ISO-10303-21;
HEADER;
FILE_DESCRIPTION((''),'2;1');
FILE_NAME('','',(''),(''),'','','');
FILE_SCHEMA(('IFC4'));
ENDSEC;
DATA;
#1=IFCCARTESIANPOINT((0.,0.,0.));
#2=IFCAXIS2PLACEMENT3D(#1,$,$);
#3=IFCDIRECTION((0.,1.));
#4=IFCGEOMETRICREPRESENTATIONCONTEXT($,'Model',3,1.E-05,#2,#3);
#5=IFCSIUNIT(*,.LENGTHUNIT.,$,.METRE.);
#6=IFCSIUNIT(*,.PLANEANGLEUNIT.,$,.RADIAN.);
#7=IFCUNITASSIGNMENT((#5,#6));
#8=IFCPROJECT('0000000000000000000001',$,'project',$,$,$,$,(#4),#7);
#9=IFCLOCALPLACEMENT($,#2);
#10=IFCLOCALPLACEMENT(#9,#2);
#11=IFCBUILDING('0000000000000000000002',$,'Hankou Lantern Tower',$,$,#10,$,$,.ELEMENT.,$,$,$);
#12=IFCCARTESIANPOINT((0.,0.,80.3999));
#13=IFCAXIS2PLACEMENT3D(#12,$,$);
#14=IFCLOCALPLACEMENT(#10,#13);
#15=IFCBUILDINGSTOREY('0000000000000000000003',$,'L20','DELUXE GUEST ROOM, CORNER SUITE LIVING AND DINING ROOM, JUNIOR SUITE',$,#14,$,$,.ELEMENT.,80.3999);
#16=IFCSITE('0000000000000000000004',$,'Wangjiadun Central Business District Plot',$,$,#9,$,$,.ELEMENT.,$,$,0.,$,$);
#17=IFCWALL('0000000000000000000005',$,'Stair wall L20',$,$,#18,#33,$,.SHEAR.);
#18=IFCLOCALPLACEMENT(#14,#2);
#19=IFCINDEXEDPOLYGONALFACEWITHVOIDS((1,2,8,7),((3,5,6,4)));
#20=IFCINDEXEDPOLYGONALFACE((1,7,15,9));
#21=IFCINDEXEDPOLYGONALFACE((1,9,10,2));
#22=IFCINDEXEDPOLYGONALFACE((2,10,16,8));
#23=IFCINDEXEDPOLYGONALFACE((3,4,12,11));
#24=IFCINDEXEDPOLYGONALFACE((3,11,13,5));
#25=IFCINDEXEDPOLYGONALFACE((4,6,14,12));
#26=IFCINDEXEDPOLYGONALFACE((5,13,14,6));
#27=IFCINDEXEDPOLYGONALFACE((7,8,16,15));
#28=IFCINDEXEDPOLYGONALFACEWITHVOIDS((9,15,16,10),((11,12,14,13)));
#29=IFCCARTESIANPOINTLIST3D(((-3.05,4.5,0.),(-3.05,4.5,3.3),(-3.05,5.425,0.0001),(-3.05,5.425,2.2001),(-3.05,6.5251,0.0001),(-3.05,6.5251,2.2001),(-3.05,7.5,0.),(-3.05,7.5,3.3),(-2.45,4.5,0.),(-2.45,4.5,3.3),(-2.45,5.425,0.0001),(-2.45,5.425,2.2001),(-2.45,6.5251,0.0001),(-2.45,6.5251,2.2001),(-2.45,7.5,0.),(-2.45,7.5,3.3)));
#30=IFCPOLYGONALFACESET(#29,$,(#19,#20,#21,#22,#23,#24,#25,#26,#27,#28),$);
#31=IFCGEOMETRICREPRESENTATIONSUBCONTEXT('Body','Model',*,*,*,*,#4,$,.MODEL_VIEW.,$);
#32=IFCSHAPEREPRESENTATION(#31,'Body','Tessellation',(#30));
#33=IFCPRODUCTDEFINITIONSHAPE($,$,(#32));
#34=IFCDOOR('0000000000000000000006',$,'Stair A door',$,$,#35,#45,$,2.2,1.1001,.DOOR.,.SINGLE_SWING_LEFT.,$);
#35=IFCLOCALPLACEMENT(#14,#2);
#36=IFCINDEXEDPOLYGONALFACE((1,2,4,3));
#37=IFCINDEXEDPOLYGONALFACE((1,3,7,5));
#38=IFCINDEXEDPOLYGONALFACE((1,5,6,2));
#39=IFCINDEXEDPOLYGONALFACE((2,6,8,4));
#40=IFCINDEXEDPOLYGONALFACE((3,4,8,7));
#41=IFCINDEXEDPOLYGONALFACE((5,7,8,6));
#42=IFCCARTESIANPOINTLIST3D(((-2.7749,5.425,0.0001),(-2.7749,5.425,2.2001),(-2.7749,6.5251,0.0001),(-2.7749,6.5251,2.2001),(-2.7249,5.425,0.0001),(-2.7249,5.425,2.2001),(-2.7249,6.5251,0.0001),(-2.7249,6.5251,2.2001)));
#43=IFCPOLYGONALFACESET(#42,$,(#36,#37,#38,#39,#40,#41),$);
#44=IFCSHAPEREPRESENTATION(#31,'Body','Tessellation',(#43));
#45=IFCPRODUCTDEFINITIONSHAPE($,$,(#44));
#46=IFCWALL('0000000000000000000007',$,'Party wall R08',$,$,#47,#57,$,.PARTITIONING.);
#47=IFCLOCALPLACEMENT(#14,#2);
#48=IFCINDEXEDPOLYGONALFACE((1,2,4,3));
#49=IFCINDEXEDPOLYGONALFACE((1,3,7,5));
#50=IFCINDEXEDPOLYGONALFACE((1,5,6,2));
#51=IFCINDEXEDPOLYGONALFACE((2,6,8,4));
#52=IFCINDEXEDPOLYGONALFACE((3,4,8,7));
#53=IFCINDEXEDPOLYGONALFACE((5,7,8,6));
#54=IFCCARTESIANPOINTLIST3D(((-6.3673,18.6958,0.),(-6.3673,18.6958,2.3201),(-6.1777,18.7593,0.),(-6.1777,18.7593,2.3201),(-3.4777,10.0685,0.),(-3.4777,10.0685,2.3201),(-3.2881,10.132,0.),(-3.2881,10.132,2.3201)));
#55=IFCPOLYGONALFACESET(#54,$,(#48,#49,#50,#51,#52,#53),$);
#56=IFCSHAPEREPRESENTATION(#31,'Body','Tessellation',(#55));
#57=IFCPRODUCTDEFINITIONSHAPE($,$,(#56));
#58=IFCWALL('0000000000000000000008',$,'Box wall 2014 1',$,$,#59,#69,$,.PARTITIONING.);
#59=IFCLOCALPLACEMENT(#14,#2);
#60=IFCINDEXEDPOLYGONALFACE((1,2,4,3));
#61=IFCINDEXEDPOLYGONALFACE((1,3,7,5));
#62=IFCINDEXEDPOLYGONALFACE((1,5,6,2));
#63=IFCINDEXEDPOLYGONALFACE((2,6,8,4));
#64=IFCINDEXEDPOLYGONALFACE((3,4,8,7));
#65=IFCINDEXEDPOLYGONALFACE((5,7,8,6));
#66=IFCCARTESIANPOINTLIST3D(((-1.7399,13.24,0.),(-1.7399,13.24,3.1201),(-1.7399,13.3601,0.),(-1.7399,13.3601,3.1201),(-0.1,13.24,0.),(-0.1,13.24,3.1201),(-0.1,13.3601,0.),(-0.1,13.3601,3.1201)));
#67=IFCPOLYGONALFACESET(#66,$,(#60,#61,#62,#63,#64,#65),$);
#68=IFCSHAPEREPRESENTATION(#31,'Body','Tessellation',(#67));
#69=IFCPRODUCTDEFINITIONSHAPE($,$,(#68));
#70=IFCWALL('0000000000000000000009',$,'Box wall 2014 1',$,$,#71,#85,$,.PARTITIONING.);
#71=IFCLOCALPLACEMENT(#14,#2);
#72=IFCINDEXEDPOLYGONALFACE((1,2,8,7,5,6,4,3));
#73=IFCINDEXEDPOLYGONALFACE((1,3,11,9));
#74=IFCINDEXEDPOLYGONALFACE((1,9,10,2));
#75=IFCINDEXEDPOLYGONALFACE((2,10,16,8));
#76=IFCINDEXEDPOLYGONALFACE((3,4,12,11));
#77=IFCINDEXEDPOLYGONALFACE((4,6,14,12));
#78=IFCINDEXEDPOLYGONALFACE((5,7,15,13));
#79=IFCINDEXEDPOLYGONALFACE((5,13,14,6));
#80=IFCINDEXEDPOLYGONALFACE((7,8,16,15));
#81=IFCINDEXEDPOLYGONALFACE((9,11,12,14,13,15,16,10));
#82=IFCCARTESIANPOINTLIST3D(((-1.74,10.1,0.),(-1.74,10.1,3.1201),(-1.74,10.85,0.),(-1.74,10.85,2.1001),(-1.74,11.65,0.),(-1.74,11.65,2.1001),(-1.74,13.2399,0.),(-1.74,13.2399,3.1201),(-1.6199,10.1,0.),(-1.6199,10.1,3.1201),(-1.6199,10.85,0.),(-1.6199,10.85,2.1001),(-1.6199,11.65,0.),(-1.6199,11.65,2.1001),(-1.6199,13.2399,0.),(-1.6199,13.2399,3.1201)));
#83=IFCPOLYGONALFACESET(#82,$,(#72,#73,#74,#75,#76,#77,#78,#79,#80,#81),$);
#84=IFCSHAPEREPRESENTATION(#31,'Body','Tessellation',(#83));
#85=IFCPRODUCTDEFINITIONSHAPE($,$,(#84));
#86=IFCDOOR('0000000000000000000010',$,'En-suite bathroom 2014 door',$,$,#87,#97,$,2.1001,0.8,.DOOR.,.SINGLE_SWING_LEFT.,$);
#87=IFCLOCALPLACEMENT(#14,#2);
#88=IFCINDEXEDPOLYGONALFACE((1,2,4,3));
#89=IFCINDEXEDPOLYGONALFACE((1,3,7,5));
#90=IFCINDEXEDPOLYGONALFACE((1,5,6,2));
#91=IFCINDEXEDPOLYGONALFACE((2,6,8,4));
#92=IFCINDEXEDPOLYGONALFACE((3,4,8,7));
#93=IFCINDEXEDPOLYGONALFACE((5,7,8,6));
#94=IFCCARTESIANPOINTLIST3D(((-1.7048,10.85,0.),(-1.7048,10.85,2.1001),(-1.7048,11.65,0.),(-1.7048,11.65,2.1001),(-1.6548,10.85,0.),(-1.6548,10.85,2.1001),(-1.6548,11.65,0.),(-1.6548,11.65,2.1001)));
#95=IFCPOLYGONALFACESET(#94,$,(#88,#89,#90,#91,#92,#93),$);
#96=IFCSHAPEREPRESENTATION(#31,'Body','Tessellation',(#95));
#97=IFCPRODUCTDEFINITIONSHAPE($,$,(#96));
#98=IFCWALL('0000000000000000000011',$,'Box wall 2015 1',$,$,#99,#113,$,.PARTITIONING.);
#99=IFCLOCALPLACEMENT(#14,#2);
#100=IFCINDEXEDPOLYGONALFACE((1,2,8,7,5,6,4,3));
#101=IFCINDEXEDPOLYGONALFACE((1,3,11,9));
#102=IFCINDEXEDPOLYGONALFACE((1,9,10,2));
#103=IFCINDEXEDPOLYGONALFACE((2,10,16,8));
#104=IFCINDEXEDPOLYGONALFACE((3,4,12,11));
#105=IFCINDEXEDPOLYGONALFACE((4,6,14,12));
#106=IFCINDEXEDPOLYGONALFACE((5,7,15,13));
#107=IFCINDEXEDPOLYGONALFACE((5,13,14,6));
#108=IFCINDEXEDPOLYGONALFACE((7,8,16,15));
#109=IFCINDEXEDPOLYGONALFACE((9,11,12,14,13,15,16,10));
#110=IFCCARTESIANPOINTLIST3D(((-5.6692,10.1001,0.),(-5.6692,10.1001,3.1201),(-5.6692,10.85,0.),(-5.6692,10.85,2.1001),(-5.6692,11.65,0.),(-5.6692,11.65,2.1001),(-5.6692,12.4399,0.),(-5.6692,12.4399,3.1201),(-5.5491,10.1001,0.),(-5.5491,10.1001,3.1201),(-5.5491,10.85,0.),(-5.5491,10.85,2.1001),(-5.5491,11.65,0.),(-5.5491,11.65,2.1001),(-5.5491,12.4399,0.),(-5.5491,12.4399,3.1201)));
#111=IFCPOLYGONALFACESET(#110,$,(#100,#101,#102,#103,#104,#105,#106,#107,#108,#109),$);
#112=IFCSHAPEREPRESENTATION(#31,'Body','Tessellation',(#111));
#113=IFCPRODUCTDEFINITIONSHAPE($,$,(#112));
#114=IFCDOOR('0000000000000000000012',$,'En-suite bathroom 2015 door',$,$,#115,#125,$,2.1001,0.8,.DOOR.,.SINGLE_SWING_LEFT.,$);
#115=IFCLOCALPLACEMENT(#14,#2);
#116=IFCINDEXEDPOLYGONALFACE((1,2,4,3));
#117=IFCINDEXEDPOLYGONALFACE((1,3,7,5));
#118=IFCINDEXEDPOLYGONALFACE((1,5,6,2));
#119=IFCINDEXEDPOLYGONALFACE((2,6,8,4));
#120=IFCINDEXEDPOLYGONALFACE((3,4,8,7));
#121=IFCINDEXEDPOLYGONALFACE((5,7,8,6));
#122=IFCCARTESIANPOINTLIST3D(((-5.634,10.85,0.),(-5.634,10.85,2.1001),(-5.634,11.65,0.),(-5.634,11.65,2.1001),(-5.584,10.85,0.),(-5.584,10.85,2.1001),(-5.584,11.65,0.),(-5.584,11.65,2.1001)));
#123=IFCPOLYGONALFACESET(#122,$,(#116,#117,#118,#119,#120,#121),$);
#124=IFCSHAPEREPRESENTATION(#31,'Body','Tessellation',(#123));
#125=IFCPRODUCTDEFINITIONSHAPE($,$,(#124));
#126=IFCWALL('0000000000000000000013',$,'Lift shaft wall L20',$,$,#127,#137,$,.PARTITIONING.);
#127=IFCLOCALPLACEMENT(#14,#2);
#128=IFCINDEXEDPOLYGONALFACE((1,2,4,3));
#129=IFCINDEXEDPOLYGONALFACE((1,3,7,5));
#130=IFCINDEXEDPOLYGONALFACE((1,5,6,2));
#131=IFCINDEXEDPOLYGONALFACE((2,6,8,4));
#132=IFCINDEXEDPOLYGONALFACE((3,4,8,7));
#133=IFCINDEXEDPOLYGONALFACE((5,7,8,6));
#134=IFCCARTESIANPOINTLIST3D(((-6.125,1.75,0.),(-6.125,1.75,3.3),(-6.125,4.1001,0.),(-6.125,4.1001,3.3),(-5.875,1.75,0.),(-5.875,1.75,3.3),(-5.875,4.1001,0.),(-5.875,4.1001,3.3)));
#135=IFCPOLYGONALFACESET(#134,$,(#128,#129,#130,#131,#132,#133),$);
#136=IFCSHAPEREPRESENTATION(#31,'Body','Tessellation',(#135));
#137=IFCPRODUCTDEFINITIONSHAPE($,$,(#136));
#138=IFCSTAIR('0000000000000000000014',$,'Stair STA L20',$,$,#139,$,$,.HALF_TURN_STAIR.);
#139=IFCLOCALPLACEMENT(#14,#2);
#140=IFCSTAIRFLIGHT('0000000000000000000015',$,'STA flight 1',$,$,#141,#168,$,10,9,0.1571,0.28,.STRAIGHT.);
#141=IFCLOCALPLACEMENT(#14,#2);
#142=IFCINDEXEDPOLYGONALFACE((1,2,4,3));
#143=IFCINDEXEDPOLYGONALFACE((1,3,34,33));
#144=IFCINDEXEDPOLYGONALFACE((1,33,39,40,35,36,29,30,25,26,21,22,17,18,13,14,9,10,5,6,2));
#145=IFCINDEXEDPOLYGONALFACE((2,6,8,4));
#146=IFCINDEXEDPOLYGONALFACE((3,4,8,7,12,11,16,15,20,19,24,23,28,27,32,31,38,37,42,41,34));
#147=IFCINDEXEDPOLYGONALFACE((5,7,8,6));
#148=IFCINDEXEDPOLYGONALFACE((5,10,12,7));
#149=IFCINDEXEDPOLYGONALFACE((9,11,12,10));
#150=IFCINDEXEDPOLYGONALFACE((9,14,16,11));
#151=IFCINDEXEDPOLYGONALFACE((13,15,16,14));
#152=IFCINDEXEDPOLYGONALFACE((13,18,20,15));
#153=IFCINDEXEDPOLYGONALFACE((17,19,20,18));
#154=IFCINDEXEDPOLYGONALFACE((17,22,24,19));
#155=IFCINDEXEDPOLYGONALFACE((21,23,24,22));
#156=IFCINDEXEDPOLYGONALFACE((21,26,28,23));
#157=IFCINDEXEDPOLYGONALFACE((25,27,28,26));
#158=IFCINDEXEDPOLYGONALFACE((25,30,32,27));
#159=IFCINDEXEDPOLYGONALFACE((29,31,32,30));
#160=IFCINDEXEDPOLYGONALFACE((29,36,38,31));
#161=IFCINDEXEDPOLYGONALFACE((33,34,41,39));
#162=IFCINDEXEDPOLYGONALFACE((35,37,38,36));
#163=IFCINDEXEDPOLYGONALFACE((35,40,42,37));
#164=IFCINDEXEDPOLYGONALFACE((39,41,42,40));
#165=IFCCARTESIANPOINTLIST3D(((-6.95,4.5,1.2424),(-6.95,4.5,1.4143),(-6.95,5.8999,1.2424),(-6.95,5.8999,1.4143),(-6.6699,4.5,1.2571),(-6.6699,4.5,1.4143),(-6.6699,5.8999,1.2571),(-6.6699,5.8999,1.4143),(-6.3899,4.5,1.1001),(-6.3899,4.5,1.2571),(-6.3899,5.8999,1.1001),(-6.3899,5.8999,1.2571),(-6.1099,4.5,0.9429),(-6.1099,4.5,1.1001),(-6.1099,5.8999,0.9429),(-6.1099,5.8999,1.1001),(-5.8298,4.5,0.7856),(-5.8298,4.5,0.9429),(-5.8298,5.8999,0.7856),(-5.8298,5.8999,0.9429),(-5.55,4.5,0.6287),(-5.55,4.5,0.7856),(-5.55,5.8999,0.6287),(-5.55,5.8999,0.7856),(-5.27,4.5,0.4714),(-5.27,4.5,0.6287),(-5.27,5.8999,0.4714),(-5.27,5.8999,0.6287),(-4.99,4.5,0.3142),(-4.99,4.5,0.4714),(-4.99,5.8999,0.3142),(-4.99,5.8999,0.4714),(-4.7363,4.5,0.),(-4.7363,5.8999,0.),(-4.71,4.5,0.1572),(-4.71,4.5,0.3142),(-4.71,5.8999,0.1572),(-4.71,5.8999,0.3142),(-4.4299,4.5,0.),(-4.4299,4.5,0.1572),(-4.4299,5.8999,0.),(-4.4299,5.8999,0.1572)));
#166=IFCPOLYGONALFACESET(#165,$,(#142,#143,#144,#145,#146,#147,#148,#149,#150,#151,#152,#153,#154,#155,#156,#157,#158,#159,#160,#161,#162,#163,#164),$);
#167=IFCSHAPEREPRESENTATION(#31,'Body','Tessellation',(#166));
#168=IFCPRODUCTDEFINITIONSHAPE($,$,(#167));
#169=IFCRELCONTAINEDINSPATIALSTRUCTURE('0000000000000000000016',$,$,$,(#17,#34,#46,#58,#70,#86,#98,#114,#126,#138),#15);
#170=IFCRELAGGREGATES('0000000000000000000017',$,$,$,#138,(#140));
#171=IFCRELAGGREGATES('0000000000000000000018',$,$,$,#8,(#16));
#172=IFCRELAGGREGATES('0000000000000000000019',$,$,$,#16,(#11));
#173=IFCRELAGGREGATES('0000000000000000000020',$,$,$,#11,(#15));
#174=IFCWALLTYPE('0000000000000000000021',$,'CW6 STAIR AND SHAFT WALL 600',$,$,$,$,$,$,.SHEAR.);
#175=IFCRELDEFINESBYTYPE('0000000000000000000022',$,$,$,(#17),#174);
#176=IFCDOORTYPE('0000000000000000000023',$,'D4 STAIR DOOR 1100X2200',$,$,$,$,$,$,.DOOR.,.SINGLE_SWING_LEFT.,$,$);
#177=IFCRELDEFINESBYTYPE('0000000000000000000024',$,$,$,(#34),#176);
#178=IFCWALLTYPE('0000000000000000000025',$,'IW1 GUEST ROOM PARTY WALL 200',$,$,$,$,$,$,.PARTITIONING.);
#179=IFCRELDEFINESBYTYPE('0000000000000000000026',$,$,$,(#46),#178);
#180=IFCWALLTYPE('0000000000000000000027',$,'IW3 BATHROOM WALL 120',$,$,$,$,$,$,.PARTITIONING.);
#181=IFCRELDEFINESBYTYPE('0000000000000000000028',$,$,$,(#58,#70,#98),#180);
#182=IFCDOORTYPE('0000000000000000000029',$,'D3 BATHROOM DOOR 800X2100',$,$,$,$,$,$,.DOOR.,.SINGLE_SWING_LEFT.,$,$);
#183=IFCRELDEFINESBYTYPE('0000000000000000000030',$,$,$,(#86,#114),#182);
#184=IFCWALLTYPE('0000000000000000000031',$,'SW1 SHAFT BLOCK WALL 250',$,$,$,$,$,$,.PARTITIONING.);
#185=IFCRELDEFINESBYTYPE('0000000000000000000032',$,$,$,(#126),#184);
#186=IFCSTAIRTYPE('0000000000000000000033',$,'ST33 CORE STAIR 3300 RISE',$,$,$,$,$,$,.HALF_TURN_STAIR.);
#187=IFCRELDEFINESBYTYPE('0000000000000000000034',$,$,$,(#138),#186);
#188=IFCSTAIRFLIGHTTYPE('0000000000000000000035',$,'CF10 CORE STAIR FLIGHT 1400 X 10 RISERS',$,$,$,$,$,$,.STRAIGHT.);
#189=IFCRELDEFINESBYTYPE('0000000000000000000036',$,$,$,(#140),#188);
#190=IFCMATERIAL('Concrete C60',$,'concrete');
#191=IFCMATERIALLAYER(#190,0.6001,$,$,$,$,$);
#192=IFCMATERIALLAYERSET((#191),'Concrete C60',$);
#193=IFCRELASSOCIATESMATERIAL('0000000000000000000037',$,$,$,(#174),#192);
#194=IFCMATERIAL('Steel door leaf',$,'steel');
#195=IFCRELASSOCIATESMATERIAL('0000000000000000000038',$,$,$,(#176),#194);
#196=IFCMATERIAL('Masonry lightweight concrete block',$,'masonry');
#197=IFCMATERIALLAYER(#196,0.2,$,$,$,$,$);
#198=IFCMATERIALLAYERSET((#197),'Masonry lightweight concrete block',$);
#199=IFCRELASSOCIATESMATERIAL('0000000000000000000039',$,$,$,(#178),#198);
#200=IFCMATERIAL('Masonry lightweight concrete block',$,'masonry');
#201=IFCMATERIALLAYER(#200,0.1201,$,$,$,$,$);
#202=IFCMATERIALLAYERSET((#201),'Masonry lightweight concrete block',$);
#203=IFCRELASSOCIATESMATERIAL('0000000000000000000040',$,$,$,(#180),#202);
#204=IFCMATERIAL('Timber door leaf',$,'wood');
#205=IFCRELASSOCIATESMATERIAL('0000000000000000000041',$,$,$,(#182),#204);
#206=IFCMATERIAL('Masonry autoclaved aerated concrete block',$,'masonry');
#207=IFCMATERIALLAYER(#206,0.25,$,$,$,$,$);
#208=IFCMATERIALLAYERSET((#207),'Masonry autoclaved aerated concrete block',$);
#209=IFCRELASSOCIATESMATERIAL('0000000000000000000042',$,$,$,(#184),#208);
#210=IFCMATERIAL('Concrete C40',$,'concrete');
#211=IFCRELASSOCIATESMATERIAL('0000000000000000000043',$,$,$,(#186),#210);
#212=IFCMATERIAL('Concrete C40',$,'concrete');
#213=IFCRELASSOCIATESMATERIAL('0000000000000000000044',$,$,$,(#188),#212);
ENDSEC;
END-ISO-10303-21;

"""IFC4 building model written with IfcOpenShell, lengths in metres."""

from ifc_helpers import new_model, si_unit, direction, frame, frame_2d, origin, place, context, subcontext, project, spatial, polyline, rectangle, outline, extrude, material, layer, layer_set, type_object, element, fill, aggregate, save


model = new_model("IFC4")

# Units and contexts
model_context = context("Model", 3, precision=1e-05, world=origin(), true_north=direction((0.0, 1.0)))
body_context = subcontext(model_context, "Body", "Model", "MODEL_VIEW")
ifc_project = project(units=[si_unit("LENGTHUNIT", "METRE"), si_unit("PLANEANGLEUNIT", "RADIAN")], contexts=[model_context])

# Site, building, storey
site_placement = place(None, origin())
site = spatial("IfcSite", under=ifc_project, at=site_placement, Name="Wangjiadun Central Business District Plot", CompositionType="ELEMENT", RefElevation=0.0)
building_placement = place(site_placement, origin())
building = spatial("IfcBuilding", under=site, at=building_placement, Name="Hankou Lantern Tower", CompositionType="ELEMENT")
storey_placement = place(building_placement, frame((0.0, 0.0, 80.3999)))
storey = spatial("IfcBuildingStorey", under=building, at=storey_placement, Name="L20", Description="DELUXE GUEST ROOM, CORNER SUITE LIVING AND DINING ROOM, JUNIOR SUITE", CompositionType="ELEMENT", Elevation=80.3999)

# Wall, opening, door
ifc_material_1 = material(Name="Concrete C60", Category="concrete")
ifc_layer_1 = layer(ifc_material_1, 0.6001)
ifc_layer_set_1 = layer_set([ifc_layer_1], Name="Concrete C60")
wall_type_1 = type_object("IfcWallType", Name="CW6 STAIR AND SHAFT WALL 600", PredefinedType="SHEAR", material=ifc_layer_set_1)
wall_1_placement = place(storey_placement, frame((-2.75, 4.5, 0.0), z_axis=(0.0, 0.0, 1.0), x_axis=(0.0, 1.0, 0.0)))
wall_1 = element("IfcWall", 1, at=wall_1_placement, inside=storey, type_object=wall_type_1, Name="Stair wall L20", PredefinedType="SHEAR", context=body_context, shape_type="SweptSolid", body=[
    extrude(rectangle(XDim=3.0, YDim=0.6001, at=frame_2d((1.5, 0.0))), origin(), (0.0, 0.0, 1.0), 3.3),
])
opening_1_placement = place(wall_1_placement, frame((0.925, 0.0, 0.0)))
opening_1 = element("IfcOpeningElement", 2, at=opening_1_placement, cuts=wall_1, PredefinedType="OPENING", context=body_context, shape_type="SweptSolid", body=[
    extrude(rectangle(XDim=1.1001, YDim=2.2, at=frame_2d((0.55, 1.1001))), frame((0.0, 0.3101, 0.0), z_axis=(0.0, -1.0, 0.0), x_axis=(1.0, 0.0, 0.0)), (0.0, 0.0, 1.0), 0.6201),
])
ifc_material_2 = material(Name="Steel door leaf", Category="steel")
door_type_1 = type_object("IfcDoorType", Name="D4 STAIR DOOR 1100X2200", OperationType="SINGLE_SWING_LEFT", PredefinedType="DOOR", material=ifc_material_2)
door_1_placement = place(opening_1_placement, origin())
door_1 = element("IfcDoor", 3, at=door_1_placement, inside=storey, type_object=door_type_1, Name="Stair A door", OperationType="SINGLE_SWING_LEFT", OverallHeight=2.2, OverallWidth=1.1001, PredefinedType="DOOR", context=body_context, shape_type="SweptSolid", body=[
    extrude(rectangle(XDim=1.1001, YDim=2.2, at=frame_2d((0.55, 1.1001))), frame((0.0, 0.0249, 0.0), z_axis=(0.0, -1.0, 0.0), x_axis=(1.0, 0.0, 0.0)), (0.0, 0.0, 1.0), 0.05),
])
fill(opening_1, door_1)

# Walls
ifc_material_3 = material(Name="Masonry lightweight concrete block", Category="masonry")
ifc_layer_2 = layer(ifc_material_3, 0.2)
ifc_layer_set_2 = layer_set([ifc_layer_2], Name="Masonry lightweight concrete block")
wall_type_2 = type_object("IfcWallType", Name="IW1 GUEST ROOM PARTY WALL 200", PredefinedType="PARTITIONING", material=ifc_layer_set_2)
wall_2_placement = place(storey_placement, frame((-3.3828, 10.1001, 0.0), z_axis=(0.0, 0.0, 1.0), x_axis=(-0.317596, 0.948226, 0.0)))
element("IfcWall", 4, at=wall_2_placement, inside=storey, type_object=wall_type_2, Name="Party wall R08", PredefinedType="PARTITIONING", context=body_context, shape_type="SweptSolid", body=[
    extrude(rectangle(XDim=9.0984, YDim=0.2, at=frame_2d((4.5493, 0.0))), origin(), (0.0, 0.0, 1.0), 2.3201),
])
ifc_material_4 = material(Name="Masonry lightweight concrete block", Category="masonry")
ifc_layer_3 = layer(ifc_material_4, 0.1201)
ifc_layer_set_3 = layer_set([ifc_layer_3], Name="Masonry lightweight concrete block")
wall_type_3 = type_object("IfcWallType", Name="IW3 BATHROOM WALL 120", PredefinedType="PARTITIONING", material=ifc_layer_set_3)
wall_3_placement = place(storey_placement, frame((-0.1001, 13.3, 0.0), z_axis=(0.0, 0.0, 1.0), x_axis=(-1.0, 0.0, 0.0)))
element("IfcWall", 5, at=wall_3_placement, inside=storey, type_object=wall_type_3, Name="Box wall 2014 1", PredefinedType="PARTITIONING", context=body_context, shape_type="SweptSolid", body=[
    extrude(rectangle(XDim=1.6399, YDim=0.1201, at=frame_2d((0.8198, 0.0))), origin(), (0.0, 0.0, 1.0), 3.1201),
])

# Walls, openings, doors
wall_4_placement = place(storey_placement, frame((-1.6799, 10.1001, 0.0), z_axis=(0.0, 0.0, 1.0), x_axis=(0.0, 1.0, 0.0)))
wall_4 = element("IfcWall", 6, at=wall_4_placement, inside=storey, type_object=wall_type_3, Name="Box wall 2014 1", PredefinedType="PARTITIONING", context=body_context, shape_type="SweptSolid", body=[
    extrude(rectangle(XDim=3.1399, YDim=0.1201, at=frame_2d((1.5698, 0.0))), origin(), (0.0, 0.0, 1.0), 3.1201),
])
opening_2_placement = place(wall_4_placement, frame((0.75, 0.0, 0.0)))
opening_2 = element("IfcOpeningElement", 7, at=opening_2_placement, cuts=wall_4, PredefinedType="OPENING", context=body_context, shape_type="SweptSolid", body=[
    extrude(rectangle(XDim=0.8, YDim=2.1001, at=frame_2d((0.3999, 1.05))), frame((0.0, 0.0701, 0.0), z_axis=(0.0, -1.0, 0.0), x_axis=(1.0, 0.0, 0.0)), (0.0, 0.0, 1.0), 0.1401),
])
ifc_material_5 = material(Name="Timber door leaf", Category="wood")
door_type_2 = type_object("IfcDoorType", Name="D3 BATHROOM DOOR 800X2100", OperationType="SINGLE_SWING_LEFT", PredefinedType="DOOR", material=ifc_material_5)
door_2_placement = place(opening_2_placement, origin())
door_2 = element("IfcDoor", 8, at=door_2_placement, inside=storey, type_object=door_type_2, Name="En-suite bathroom 2014 door", OperationType="SINGLE_SWING_LEFT", OverallHeight=2.1001, OverallWidth=0.8, PredefinedType="DOOR", context=body_context, shape_type="SweptSolid", body=[
    extrude(rectangle(XDim=0.8, YDim=2.1001, at=frame_2d((0.3999, 1.05))), frame((0.0, 0.0249, 0.0), z_axis=(0.0, -1.0, 0.0), x_axis=(1.0, 0.0, 0.0)), (0.0, 0.0, 1.0), 0.05),
])
fill(opening_2, door_2)
wall_5_placement = place(storey_placement, frame((-5.6091, 10.1001, 0.0), z_axis=(0.0, 0.0, 1.0), x_axis=(0.0, 1.0, 0.0)))
wall_5 = element("IfcWall", 9, at=wall_5_placement, inside=storey, type_object=wall_type_3, Name="Box wall 2015 1", PredefinedType="PARTITIONING", context=body_context, shape_type="SweptSolid", body=[
    extrude(rectangle(XDim=2.3398, YDim=0.1201, at=frame_2d((1.1699, 0.0))), origin(), (0.0, 0.0, 1.0), 3.1201),
])
opening_3_placement = place(wall_5_placement, frame((0.75, 0.0, 0.0)))
opening_3 = element("IfcOpeningElement", 10, at=opening_3_placement, cuts=wall_5, PredefinedType="OPENING", context=body_context, shape_type="SweptSolid", body=[
    extrude(rectangle(XDim=0.8, YDim=2.1001, at=frame_2d((0.3999, 1.05))), frame((0.0, 0.0701, 0.0), z_axis=(0.0, -1.0, 0.0), x_axis=(1.0, 0.0, 0.0)), (0.0, 0.0, 1.0), 0.1401),
])
door_3_placement = place(opening_3_placement, origin())
door_3 = element("IfcDoor", 11, at=door_3_placement, inside=storey, type_object=door_type_2, Name="En-suite bathroom 2015 door", OperationType="SINGLE_SWING_LEFT", OverallHeight=2.1001, OverallWidth=0.8, PredefinedType="DOOR", context=body_context, shape_type="SweptSolid", body=[
    extrude(rectangle(XDim=0.8, YDim=2.1001, at=frame_2d((0.3999, 1.05))), frame((0.0, 0.0249, 0.0), z_axis=(0.0, -1.0, 0.0), x_axis=(1.0, 0.0, 0.0)), (0.0, 0.0, 1.0), 0.05),
])
fill(opening_3, door_3)

# Wall
ifc_material_6 = material(Name="Masonry autoclaved aerated concrete block", Category="masonry")
ifc_layer_4 = layer(ifc_material_6, 0.25)
ifc_layer_set_4 = layer_set([ifc_layer_4], Name="Masonry autoclaved aerated concrete block")
wall_type_4 = type_object("IfcWallType", Name="SW1 SHAFT BLOCK WALL 250", PredefinedType="PARTITIONING", material=ifc_layer_set_4)
wall_6_placement = place(storey_placement, frame((-6.0, 1.75, 0.0), z_axis=(0.0, 0.0, 1.0), x_axis=(0.0, 1.0, 0.0)))
element("IfcWall", 12, at=wall_6_placement, inside=storey, type_object=wall_type_4, Name="Lift shaft wall L20", PredefinedType="PARTITIONING", context=body_context, shape_type="SweptSolid", body=[
    extrude(rectangle(XDim=2.3501, YDim=0.25, at=frame_2d((1.175, 0.0))), origin(), (0.0, 0.0, 1.0), 3.3),
])

# Stair, stair flight
ifc_material_7 = material(Name="Concrete C40", Category="concrete")
stair_type = type_object("IfcStairType", Name="ST33 CORE STAIR 3300 RISE", PredefinedType="HALF_TURN_STAIR", material=ifc_material_7)
stair_placement = place(storey_placement, origin())
stair = element("IfcStair", 13, at=stair_placement, inside=storey, type_object=stair_type, Name="Stair STA L20", PredefinedType="HALF_TURN_STAIR")
ifc_material_8 = material(Name="Concrete C40", Category="concrete")
stair_flight_type = type_object("IfcStairFlightType", Name="CF10 CORE STAIR FLIGHT 1400 X 10 RISERS", PredefinedType="STRAIGHT", material=ifc_material_8)
stair_flight_placement = place(storey_placement, frame((-4.4299, 5.2, 0.0), z_axis=(0.0, 0.0, 1.0), x_axis=(-1.0, 0.0, 0.0)))
stair_flight = element("IfcStairFlight", 14, at=stair_flight_placement, type_object=stair_flight_type, Name="STA flight 1", NumberOfRisers=10, NumberOfTreads=9, PredefinedType="STRAIGHT", RiserHeight=0.1571, TreadLength=0.28, context=body_context, shape_type="SweptSolid", body=[
    extrude(outline(polyline([(0.0, 0.0), (0.0, 0.1572), (0.28, 0.1572), (0.28, 0.3142), (0.5601, 0.3142), (0.5601, 0.4714), (0.8401, 0.4714), (0.8401, 0.6287), (1.1201, 0.6287), (1.1201, 0.7856), (1.3999, 0.7856), (1.3999, 0.9429), (1.6799, 0.9429), (1.6799, 1.1001), (1.96, 1.1001), (1.96, 1.2571), (2.24, 1.2571), (2.24, 1.4143), (2.52, 1.4143), (2.52, 1.5715), (2.52, 1.2424), (0.3064, 0.0), (0.0, 0.0)])), frame((0.0, 0.7, 0.0), z_axis=(0.0, -1.0, 0.0), x_axis=(1.0, 0.0, 0.0)), (0.0, 0.0, 1.0), 1.3999),
])
aggregate(stair, [stair_flight])

save(model, "model.ifc")
